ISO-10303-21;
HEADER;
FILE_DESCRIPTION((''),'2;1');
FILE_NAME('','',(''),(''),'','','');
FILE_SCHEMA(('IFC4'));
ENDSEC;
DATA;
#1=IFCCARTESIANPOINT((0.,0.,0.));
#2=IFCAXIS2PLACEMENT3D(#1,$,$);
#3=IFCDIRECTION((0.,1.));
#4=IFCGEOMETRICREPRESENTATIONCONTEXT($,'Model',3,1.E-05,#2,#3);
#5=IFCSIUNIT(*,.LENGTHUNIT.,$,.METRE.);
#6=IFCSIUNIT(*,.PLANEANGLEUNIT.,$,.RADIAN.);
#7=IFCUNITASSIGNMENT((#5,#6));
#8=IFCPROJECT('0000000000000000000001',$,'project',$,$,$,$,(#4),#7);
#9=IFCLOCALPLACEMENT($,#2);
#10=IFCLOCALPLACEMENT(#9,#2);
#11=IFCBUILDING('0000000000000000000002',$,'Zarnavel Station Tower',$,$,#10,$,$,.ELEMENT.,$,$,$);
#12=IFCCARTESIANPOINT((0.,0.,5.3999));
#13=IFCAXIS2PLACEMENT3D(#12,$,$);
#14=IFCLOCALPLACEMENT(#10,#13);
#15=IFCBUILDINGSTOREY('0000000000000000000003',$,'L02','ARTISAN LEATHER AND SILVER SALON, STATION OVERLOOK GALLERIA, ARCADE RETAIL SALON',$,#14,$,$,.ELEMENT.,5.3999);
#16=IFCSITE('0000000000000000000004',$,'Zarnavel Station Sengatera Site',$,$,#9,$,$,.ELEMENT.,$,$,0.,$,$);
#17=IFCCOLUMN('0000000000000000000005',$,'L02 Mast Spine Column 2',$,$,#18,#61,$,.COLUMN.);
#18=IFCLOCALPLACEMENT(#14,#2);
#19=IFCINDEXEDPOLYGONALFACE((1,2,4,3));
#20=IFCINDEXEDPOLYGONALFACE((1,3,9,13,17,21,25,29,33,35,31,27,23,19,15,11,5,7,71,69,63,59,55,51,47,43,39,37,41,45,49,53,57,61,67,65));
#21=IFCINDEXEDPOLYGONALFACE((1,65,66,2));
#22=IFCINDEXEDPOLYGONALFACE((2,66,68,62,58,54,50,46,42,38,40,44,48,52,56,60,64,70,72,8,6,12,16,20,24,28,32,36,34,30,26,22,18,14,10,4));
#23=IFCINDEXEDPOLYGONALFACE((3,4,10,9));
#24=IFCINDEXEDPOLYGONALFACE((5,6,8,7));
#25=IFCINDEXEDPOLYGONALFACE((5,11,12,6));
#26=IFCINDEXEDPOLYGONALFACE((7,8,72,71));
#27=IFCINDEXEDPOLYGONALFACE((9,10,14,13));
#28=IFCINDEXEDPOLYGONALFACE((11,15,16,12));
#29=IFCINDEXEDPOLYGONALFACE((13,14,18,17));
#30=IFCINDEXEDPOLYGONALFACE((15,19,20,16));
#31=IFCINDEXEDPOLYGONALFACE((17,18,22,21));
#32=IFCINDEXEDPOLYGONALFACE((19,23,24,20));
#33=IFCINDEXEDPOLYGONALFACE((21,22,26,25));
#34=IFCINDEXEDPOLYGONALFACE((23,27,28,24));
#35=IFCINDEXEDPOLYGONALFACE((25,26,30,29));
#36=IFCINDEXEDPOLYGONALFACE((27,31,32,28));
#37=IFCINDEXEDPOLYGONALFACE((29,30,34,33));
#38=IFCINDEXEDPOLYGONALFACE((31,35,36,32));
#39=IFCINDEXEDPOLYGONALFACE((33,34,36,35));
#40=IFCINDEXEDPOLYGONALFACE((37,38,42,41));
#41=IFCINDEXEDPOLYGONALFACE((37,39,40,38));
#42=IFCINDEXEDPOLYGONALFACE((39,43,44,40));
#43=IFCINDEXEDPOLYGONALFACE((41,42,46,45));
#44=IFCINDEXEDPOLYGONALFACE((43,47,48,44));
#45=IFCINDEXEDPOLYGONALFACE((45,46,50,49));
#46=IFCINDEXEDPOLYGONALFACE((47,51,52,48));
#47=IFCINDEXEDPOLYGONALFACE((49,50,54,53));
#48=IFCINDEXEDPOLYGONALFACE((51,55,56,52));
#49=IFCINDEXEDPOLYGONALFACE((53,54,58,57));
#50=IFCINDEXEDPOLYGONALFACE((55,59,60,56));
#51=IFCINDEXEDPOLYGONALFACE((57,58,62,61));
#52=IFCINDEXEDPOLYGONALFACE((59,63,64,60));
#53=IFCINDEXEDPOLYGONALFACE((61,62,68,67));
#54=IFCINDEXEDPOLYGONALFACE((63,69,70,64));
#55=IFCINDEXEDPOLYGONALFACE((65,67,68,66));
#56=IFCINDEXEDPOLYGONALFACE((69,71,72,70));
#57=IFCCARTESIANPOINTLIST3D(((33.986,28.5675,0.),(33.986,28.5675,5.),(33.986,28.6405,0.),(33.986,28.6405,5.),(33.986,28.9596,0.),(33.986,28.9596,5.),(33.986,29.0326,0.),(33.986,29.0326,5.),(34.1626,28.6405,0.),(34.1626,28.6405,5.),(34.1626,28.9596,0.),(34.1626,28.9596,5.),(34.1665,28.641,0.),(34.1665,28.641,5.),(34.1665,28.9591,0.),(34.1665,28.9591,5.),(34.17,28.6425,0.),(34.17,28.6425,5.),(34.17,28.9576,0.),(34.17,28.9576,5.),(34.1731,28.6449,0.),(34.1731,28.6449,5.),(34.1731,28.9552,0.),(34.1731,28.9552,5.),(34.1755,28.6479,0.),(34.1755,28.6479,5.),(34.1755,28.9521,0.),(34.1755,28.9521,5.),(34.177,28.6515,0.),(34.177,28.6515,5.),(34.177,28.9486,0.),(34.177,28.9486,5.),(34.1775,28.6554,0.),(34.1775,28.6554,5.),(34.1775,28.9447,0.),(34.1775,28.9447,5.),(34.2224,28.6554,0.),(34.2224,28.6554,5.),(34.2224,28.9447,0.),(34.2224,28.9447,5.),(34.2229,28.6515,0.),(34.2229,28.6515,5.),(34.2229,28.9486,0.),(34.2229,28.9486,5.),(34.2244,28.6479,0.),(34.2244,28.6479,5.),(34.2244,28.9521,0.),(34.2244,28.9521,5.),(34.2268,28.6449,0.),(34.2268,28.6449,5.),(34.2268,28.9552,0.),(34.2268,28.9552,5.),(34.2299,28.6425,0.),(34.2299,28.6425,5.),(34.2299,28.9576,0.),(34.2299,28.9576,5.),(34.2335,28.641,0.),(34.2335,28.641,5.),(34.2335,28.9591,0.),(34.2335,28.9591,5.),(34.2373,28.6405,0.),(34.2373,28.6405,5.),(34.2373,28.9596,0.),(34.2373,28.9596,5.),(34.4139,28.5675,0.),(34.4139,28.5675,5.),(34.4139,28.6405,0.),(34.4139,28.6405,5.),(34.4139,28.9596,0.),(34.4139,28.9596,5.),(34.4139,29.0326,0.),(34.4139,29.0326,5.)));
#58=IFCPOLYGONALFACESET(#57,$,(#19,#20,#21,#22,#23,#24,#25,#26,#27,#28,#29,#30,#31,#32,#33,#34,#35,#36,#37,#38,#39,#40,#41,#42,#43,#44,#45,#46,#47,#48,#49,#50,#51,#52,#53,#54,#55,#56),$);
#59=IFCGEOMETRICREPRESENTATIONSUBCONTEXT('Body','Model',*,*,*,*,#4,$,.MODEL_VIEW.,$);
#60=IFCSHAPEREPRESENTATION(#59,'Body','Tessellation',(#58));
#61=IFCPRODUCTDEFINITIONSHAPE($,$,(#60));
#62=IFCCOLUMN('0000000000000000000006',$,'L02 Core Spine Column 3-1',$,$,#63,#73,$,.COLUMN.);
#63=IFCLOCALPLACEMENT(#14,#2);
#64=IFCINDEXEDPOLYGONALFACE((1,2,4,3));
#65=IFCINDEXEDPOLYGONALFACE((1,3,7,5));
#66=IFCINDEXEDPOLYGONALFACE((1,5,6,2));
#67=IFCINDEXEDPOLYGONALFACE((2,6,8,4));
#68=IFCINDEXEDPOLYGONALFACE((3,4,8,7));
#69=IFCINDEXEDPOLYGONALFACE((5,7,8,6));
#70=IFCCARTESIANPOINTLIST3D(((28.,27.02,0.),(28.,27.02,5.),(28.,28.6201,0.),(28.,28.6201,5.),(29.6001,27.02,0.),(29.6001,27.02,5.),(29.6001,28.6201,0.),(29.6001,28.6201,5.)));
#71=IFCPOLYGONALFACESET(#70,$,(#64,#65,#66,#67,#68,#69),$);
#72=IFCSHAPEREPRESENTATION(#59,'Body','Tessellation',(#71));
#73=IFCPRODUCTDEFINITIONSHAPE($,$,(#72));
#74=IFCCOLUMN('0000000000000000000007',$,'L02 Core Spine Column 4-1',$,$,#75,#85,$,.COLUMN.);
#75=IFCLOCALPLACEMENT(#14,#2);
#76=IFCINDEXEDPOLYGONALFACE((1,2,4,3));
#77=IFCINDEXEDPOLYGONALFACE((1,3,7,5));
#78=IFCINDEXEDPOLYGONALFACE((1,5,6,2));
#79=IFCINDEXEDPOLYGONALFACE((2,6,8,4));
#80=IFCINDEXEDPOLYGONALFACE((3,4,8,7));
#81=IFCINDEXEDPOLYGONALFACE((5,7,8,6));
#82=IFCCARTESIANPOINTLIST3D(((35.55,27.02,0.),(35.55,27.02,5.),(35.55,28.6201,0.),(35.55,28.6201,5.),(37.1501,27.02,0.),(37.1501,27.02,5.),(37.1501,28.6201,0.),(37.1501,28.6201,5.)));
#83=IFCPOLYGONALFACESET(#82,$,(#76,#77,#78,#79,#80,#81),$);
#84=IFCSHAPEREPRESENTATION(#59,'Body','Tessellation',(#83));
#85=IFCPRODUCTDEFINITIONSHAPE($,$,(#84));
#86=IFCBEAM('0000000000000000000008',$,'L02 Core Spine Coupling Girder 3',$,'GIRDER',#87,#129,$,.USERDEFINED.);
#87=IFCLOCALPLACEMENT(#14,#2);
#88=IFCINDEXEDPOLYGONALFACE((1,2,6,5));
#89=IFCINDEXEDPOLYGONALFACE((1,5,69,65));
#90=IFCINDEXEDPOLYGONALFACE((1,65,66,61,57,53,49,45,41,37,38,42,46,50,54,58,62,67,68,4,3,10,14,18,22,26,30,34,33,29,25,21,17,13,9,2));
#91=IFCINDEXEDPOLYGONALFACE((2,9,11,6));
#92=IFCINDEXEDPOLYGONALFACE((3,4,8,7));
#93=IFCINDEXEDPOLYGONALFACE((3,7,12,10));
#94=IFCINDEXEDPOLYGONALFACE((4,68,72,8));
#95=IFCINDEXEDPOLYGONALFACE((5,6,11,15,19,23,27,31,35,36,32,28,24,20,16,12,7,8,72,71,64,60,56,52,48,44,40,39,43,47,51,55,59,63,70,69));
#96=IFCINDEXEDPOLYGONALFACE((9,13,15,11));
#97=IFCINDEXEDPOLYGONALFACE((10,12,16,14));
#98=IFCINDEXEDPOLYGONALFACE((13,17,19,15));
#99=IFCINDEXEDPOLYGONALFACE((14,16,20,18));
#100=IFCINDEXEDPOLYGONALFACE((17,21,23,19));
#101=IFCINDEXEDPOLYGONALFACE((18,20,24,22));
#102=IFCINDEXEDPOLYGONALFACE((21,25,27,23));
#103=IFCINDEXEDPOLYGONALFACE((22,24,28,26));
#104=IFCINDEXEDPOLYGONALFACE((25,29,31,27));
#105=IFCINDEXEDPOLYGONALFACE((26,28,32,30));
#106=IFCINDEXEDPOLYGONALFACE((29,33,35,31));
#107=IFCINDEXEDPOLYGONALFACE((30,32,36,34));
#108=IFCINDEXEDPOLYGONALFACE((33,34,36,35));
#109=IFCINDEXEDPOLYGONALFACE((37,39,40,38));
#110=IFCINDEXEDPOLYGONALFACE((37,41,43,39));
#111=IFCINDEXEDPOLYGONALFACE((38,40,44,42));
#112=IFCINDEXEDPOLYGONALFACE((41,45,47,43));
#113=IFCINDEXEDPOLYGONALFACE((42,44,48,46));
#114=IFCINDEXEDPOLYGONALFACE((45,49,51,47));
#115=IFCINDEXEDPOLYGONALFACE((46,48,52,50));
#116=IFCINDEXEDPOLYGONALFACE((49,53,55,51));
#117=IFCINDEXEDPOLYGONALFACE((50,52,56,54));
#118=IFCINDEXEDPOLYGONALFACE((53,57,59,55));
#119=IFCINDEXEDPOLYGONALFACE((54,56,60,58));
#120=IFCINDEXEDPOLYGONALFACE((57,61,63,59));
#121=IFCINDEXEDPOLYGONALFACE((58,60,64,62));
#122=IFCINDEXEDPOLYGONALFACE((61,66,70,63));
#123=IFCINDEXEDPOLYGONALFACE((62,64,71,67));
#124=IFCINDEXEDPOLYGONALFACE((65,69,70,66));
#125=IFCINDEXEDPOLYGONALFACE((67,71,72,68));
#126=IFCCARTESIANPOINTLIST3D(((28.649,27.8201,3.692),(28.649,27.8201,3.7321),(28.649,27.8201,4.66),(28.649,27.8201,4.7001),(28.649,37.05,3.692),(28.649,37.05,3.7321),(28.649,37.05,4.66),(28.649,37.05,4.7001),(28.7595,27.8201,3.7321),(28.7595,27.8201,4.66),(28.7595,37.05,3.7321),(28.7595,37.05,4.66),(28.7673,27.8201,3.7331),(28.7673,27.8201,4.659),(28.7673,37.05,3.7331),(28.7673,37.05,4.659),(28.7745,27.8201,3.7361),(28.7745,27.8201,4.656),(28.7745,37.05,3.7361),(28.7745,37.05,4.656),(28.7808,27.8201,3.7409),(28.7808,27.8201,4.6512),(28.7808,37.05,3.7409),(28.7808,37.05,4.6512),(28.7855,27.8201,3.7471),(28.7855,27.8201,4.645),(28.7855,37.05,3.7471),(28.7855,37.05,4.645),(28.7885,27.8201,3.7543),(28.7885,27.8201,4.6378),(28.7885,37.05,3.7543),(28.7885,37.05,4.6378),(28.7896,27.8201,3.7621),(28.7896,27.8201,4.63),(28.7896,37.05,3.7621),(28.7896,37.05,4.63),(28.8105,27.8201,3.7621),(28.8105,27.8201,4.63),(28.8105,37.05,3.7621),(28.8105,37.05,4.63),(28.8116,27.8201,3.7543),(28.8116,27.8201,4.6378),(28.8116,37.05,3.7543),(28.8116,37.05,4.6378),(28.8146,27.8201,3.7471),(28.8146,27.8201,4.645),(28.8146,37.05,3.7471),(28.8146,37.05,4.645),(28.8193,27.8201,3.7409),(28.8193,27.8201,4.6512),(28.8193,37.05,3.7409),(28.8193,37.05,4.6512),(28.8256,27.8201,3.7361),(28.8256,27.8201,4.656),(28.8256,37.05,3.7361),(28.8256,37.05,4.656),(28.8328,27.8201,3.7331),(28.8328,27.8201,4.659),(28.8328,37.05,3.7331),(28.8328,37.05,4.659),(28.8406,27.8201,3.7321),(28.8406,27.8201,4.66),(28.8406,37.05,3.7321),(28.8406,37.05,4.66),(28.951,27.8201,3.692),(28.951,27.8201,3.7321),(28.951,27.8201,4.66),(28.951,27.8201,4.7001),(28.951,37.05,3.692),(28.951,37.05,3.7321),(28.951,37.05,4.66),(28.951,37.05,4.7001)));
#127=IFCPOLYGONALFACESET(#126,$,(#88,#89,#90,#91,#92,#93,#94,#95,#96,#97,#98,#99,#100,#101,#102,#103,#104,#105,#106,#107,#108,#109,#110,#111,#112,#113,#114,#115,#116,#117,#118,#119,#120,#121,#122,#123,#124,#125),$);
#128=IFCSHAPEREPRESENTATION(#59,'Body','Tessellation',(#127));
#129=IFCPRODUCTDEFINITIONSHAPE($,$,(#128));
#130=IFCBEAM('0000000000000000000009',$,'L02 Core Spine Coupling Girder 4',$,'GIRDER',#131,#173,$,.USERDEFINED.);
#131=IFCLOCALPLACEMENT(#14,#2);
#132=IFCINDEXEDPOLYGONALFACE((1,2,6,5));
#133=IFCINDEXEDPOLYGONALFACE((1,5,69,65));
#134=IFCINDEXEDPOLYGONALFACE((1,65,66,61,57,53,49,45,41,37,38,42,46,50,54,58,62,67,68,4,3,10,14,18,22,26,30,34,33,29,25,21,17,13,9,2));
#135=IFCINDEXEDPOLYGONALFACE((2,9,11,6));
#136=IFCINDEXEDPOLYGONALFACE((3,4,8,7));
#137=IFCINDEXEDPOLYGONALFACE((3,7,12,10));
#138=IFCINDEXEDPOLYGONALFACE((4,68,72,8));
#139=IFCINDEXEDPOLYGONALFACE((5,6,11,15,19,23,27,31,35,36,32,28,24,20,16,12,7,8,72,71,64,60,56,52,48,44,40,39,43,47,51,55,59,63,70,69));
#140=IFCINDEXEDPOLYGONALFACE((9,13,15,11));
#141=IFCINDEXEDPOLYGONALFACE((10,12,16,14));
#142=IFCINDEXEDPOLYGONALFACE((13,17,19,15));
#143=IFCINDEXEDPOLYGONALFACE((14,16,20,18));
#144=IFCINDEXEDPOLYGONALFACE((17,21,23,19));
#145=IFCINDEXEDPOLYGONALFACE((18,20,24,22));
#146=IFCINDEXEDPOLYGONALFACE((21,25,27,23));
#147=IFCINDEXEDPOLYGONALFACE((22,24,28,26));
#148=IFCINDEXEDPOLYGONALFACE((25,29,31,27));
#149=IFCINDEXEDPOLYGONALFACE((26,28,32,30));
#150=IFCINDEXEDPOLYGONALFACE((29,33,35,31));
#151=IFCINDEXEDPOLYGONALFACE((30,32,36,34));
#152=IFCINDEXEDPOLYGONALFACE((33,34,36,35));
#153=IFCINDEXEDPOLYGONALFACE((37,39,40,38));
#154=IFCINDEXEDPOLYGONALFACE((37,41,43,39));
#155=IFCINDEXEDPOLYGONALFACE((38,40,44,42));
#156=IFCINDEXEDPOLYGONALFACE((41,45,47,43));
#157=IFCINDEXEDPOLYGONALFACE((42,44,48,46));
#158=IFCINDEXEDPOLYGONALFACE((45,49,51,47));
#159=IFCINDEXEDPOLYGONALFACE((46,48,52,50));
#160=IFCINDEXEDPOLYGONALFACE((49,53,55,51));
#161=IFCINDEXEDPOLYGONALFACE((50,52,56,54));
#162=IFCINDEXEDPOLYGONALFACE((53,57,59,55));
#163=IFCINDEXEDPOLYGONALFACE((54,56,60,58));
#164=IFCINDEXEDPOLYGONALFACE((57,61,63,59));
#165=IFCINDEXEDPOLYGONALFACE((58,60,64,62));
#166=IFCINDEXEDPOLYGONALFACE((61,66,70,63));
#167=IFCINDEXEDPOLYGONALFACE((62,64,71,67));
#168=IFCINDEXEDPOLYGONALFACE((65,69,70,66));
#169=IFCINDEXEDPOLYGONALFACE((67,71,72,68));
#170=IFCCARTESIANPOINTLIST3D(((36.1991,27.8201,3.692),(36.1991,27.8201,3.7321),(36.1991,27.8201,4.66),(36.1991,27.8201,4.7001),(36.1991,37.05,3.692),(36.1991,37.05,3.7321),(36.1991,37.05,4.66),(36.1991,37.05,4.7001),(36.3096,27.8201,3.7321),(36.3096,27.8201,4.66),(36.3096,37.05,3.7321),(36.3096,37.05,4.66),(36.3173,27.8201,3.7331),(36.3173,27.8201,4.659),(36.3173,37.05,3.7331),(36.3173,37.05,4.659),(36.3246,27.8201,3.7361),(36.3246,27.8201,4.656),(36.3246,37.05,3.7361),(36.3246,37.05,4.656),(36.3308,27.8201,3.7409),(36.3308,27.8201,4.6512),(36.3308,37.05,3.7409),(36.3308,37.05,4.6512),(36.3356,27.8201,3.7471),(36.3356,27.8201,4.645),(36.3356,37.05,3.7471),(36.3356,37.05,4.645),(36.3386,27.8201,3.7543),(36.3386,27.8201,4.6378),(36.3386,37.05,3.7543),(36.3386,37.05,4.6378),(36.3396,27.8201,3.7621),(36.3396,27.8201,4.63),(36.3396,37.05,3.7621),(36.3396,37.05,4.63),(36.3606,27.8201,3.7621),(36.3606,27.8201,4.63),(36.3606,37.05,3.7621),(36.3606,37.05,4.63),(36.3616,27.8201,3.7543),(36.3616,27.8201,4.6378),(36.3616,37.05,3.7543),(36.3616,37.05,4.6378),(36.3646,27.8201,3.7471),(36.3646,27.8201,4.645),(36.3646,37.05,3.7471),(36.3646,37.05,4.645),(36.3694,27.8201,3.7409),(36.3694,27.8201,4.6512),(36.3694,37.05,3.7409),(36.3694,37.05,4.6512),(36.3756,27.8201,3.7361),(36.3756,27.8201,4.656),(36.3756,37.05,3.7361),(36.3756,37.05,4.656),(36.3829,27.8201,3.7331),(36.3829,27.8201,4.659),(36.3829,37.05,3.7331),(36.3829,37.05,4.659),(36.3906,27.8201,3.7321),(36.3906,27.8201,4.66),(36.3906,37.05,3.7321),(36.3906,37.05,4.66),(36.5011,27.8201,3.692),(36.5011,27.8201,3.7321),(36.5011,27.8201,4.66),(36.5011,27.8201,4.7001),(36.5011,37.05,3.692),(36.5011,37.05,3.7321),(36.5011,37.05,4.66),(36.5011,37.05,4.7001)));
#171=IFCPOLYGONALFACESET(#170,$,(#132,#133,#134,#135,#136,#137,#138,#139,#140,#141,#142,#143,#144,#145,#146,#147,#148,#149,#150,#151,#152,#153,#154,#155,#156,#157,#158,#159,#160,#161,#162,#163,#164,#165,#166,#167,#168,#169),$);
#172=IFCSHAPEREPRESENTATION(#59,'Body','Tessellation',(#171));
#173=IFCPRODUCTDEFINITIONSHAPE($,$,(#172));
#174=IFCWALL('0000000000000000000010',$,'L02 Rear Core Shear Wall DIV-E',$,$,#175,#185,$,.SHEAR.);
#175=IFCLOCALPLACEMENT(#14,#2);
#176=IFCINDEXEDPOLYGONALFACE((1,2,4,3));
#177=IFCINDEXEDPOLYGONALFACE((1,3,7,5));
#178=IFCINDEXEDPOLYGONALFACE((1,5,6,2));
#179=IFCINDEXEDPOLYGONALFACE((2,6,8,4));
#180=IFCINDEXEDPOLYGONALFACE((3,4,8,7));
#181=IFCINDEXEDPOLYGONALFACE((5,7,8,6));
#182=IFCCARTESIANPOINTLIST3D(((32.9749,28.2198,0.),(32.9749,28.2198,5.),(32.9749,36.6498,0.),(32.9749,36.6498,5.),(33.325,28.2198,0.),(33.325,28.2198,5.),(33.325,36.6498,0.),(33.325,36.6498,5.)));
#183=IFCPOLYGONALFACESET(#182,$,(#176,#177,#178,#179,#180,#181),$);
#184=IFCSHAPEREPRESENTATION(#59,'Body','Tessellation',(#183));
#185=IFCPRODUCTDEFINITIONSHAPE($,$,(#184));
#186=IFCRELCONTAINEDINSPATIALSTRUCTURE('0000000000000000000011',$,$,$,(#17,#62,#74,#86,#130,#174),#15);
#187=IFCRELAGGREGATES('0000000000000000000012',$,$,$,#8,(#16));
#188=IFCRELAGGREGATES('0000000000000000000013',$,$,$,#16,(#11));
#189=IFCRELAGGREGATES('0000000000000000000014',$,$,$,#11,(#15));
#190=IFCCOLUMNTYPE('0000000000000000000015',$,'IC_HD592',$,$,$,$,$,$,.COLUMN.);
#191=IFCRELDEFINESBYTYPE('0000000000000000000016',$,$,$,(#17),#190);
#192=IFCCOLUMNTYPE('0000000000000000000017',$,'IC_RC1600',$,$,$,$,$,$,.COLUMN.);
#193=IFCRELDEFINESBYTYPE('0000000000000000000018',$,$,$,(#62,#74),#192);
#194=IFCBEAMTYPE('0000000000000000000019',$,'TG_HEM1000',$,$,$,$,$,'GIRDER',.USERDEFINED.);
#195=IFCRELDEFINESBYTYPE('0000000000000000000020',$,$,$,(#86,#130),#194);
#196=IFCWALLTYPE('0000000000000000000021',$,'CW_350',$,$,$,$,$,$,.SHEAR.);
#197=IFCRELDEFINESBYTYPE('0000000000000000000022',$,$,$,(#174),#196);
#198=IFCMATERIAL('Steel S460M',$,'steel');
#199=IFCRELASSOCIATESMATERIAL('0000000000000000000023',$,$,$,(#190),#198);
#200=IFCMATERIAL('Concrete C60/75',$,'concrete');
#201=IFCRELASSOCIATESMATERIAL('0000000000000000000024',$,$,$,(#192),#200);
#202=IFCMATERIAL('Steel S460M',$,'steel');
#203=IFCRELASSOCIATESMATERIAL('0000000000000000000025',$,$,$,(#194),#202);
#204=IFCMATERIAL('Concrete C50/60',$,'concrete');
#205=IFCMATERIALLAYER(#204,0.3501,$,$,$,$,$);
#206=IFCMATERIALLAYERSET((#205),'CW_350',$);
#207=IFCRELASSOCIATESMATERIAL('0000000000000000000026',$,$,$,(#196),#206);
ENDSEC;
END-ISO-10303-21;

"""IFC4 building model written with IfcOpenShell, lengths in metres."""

from ifc_helpers import new_model, si_unit, direction, frame, frame_2d, origin, origin_2d, place, context, subcontext, project, spatial, rectangle, i_section, extrude, material, layer, layer_set, material_profile, profile_set, type_object, element, save


model = new_model("IFC4")

# Units and contexts
model_context = context("Model", 3, precision=1e-05, world=origin(), true_north=direction((0.0, 1.0)))
body_context = subcontext(model_context, "Body", "Model", "MODEL_VIEW")
ifc_project = project(units=[si_unit("LENGTHUNIT", "METRE"), si_unit("PLANEANGLEUNIT", "RADIAN")], contexts=[model_context])

# Site, building, storey
site_placement = place(None, origin())
site = spatial("IfcSite", under=ifc_project, at=site_placement, Name="Zarnavel Station Sengatera Site", CompositionType="ELEMENT", RefElevation=0.0)
building_placement = place(site_placement, origin())
building = spatial("IfcBuilding", under=site, at=building_placement, Name="Zarnavel Station Tower", CompositionType="ELEMENT")
storey_placement = place(building_placement, frame((0.0, 0.0, 5.3999)))
storey = spatial("IfcBuildingStorey", under=building, at=storey_placement, Name="L02", Description="ARTISAN LEATHER AND SILVER SALON, STATION OVERLOOK GALLERIA, ARCADE RETAIL SALON", CompositionType="ELEMENT", Elevation=5.3999)

# Columns
ifc_material_1 = material(Name="Steel S460M", Category="steel")
ifc_material_profile_1 = material_profile(ifc_material_1, i_section(OverallWidth=0.428, OverallDepth=0.4651, WebThickness=0.0449, FlangeThickness=0.073, FilletRadius=0.0149, at=origin_2d()), Name="HD400x592")
ifc_profile_set_1 = profile_set([ifc_material_profile_1], Name="Steel S460M")
column_type_1 = type_object("IfcColumnType", Name="IC_HD592", PredefinedType="COLUMN", material=ifc_profile_set_1)
column_placement = place(storey_placement, frame((34.2, 28.8, 0.0), z_axis=(0.0, 0.0, 1.0), x_axis=(1.0, 0.0, 0.0)))
element("IfcColumn", 1, at=column_placement, inside=storey, type_object=column_type_1, Name="L02 Mast Spine Column 2", PredefinedType="COLUMN", context=body_context, shape_type="SweptSolid", body=[
    extrude(i_section(OverallWidth=0.428, OverallDepth=0.4651, WebThickness=0.0449, FlangeThickness=0.073, FilletRadius=0.0149, at=origin_2d()), origin(), (0.0, 0.0, 1.0), 5.0),
])
ifc_material_2 = material(Name="Concrete C60/75", Category="concrete")
ifc_material_profile_2 = material_profile(ifc_material_2, rectangle(XDim=1.6001, YDim=1.6001, at=origin_2d()), Name="RC1600x1600")
ifc_profile_set_2 = profile_set([ifc_material_profile_2], Name="Concrete C60/75")
column_type_2 = type_object("IfcColumnType", Name="IC_RC1600", PredefinedType="COLUMN", material=ifc_profile_set_2)
for number, where, z_axis, x_axis, name in (
    (2, (28.8, 27.8201, 0.0), (0.0, 0.0, 1.0), (1.0, 0.0, 0.0), "L02 Core Spine Column 3-1"),
    (3, (36.3501, 27.8201, 0.0), (0.0, 0.0, 1.0), (1.0, 0.0, 0.0), "L02 Core Spine Column 4-1"),
):
    element("IfcColumn", number, at=place(storey_placement, frame(where, z_axis=z_axis, x_axis=x_axis)), inside=storey, type_object=column_type_2, Name=name, PredefinedType="COLUMN", context=body_context, shape_type="SweptSolid", body=[
        extrude(rectangle(XDim=1.6001, YDim=1.6001, at=origin_2d()), origin(), (0.0, 0.0, 1.0), 5.0),
    ])

# Beams
ifc_material_3 = material(Name="Steel S460M", Category="steel")
ifc_material_profile_3 = material_profile(ifc_material_3, i_section(OverallWidth=0.302, OverallDepth=1.0081, WebThickness=0.021, FlangeThickness=0.04, FilletRadius=0.03, at=origin_2d()), Name="HEM1000")
ifc_profile_set_3 = profile_set([ifc_material_profile_3], Name="Steel S460M")
beam_type = type_object("IfcBeamType", Name="TG_HEM1000", ElementType="GIRDER", PredefinedType="USERDEFINED", material=ifc_profile_set_3)
for number, where, z_axis, x_axis, name in (
    (4, (28.8, 27.8201, 4.196), (0.0, 1.0, 0.0), (-1.0, 0.0, 0.0), "L02 Core Spine Coupling Girder 3"),
    (5, (36.3501, 27.8201, 4.196), (0.0, 1.0, 0.0), (-1.0, 0.0, 0.0), "L02 Core Spine Coupling Girder 4"),
):
    element("IfcBeam", number, at=place(storey_placement, frame(where, z_axis=z_axis, x_axis=x_axis)), inside=storey, type_object=beam_type, Name=name, ObjectType="GIRDER", PredefinedType="USERDEFINED", context=body_context, shape_type="SweptSolid", body=[
        extrude(i_section(OverallWidth=0.302, OverallDepth=1.0081, WebThickness=0.021, FlangeThickness=0.04, FilletRadius=0.03, at=origin_2d()), origin(), (0.0, 0.0, 1.0), 9.23),
    ])

# Wall
ifc_material_4 = material(Name="Concrete C50/60", Category="concrete")
ifc_layer_1 = layer(ifc_material_4, 0.3501)
ifc_layer_set_1 = layer_set([ifc_layer_1], Name="CW_350")
wall_type_1 = type_object("IfcWallType", Name="CW_350", PredefinedType="SHEAR", material=ifc_layer_set_1)
wall_1_placement = place(storey_placement, frame((33.1499, 28.22, 0.0), z_axis=(0.0, 0.0, 1.0), x_axis=(0.0, 1.0, 0.0)))
element("IfcWall", 6, at=wall_1_placement, inside=storey, type_object=wall_type_1, Name="L02 Rear Core Shear Wall DIV-E", PredefinedType="SHEAR", context=body_context, shape_type="SweptSolid", body=[
    extrude(rectangle(XDim=8.4299, YDim=0.3501, at=frame_2d((4.2148, 0.0))), origin(), (0.0, 0.0, 1.0), 5.0),
])

save(model, "model.ifc")
